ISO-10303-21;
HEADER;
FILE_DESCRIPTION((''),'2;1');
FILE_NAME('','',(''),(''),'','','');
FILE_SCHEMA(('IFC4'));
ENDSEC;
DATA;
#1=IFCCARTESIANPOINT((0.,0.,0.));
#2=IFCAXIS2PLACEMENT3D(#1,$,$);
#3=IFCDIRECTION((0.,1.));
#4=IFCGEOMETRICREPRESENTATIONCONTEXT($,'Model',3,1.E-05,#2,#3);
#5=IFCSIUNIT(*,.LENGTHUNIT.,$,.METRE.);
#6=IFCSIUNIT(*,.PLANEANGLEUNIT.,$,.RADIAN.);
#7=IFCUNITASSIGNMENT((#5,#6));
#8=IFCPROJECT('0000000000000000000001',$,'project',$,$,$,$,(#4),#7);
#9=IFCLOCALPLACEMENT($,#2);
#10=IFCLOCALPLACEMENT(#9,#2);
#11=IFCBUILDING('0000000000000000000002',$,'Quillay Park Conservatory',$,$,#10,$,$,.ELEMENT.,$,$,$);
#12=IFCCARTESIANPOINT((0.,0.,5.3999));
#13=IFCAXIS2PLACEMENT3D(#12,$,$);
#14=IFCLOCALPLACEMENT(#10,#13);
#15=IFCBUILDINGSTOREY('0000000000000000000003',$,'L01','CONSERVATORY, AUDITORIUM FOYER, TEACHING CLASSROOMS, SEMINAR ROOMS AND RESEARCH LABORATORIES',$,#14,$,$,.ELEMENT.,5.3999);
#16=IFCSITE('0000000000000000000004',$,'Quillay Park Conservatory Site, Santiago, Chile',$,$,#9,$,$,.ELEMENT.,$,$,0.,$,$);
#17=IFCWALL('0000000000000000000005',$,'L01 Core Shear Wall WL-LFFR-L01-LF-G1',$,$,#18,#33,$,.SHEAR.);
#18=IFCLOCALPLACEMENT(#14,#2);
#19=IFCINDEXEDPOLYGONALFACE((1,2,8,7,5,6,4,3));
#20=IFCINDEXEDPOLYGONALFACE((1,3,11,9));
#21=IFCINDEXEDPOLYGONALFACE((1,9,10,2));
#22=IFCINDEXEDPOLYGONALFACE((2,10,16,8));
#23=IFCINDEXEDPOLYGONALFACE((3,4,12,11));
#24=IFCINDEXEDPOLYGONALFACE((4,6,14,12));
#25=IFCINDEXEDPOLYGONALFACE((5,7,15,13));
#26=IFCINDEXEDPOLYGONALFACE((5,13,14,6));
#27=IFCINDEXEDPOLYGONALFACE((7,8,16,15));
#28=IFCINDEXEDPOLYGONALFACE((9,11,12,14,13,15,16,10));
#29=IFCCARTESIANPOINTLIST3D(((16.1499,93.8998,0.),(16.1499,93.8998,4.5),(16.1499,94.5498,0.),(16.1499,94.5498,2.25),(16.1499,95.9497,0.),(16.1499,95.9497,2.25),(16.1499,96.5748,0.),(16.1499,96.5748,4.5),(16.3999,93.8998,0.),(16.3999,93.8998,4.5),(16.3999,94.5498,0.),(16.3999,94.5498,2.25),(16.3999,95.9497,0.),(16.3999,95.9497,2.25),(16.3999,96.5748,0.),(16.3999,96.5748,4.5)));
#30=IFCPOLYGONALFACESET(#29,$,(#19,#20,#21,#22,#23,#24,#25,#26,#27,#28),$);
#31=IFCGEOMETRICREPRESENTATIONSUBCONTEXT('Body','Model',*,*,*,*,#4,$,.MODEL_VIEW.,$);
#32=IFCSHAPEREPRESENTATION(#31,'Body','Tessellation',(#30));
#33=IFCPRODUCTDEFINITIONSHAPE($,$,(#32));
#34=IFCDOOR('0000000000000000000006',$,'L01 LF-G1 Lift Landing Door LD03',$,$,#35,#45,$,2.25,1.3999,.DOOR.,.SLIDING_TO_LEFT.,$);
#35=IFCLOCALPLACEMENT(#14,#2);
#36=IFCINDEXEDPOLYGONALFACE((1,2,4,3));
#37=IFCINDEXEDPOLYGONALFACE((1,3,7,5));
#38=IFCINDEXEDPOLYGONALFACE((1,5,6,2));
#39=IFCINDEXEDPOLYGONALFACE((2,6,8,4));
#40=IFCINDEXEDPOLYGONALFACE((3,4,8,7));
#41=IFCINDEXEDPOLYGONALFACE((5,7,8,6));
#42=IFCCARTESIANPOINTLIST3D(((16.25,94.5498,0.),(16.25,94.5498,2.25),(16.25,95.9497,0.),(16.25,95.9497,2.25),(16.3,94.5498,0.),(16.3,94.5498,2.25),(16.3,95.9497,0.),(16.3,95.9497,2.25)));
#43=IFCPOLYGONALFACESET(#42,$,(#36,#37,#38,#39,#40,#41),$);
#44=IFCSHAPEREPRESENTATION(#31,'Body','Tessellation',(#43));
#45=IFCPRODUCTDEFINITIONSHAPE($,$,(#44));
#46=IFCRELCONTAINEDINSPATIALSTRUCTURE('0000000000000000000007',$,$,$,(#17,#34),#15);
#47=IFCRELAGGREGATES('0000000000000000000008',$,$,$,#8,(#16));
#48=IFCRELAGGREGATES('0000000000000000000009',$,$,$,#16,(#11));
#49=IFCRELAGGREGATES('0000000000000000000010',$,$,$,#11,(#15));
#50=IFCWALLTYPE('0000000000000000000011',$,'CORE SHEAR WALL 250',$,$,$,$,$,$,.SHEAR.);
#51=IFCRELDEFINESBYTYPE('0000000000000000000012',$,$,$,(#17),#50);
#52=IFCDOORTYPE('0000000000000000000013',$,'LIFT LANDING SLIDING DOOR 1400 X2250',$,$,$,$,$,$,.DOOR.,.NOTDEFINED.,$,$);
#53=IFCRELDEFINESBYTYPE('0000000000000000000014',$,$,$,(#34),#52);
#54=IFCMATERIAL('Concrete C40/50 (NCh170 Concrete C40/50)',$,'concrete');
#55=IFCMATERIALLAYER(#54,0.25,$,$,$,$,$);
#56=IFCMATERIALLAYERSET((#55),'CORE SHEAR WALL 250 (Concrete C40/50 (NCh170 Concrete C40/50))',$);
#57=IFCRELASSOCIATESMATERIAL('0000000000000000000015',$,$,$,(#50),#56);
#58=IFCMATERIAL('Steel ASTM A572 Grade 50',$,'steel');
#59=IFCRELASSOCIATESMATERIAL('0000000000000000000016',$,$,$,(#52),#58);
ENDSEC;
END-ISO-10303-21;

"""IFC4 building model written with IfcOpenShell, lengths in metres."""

from ifc_helpers import new_model, si_unit, direction, frame, frame_2d, origin, place, context, subcontext, project, spatial, rectangle, extrude, material, layer, layer_set, type_object, element, fill, save


model = new_model("IFC4")

# Units and contexts
model_context = context("Model", 3, precision=1e-05, world=origin(), true_north=direction((0.0, 1.0)))
body_context = subcontext(model_context, "Body", "Model", "MODEL_VIEW")
ifc_project = project(units=[si_unit("LENGTHUNIT", "METRE"), si_unit("PLANEANGLEUNIT", "RADIAN")], contexts=[model_context])

# Site, building, storey
site_placement = place(None, origin())
site = spatial("IfcSite", under=ifc_project, at=site_placement, Name="Quillay Park Conservatory Site, Santiago, Chile", CompositionType="ELEMENT", RefElevation=0.0)
building_placement = place(site_placement, origin())
building = spatial("IfcBuilding", under=site, at=building_placement, Name="Quillay Park Conservatory", CompositionType="ELEMENT")
storey_placement = place(building_placement, frame((0.0, 0.0, 5.3999)))
storey = spatial("IfcBuildingStorey", under=building, at=storey_placement, Name="L01", Description="CONSERVATORY, AUDITORIUM FOYER, TEACHING CLASSROOMS, SEMINAR ROOMS AND RESEARCH LABORATORIES", CompositionType="ELEMENT", Elevation=5.3999)

# Wall, opening, door
ifc_material_1 = material(Name="Concrete C40/50 (NCh170 Concrete C40/50)", Category="concrete")
ifc_layer_1 = layer(ifc_material_1, 0.25)
ifc_layer_set_1 = layer_set([ifc_layer_1], Name="CORE SHEAR WALL 250 (Concrete C40/50 (NCh170 Concrete C40/50))")
wall_type_1 = type_object("IfcWallType", Name="CORE SHEAR WALL 250", PredefinedType="SHEAR", material=ifc_layer_set_1)
wall_1_placement = place(storey_placement, frame((16.2749, 93.8999, 0.0), z_axis=(0.0, 0.0, 1.0), x_axis=(0.0, 1.0, 0.0)))
wall_1 = element("IfcWall", 1, at=wall_1_placement, inside=storey, type_object=wall_type_1, Name="L01 Core Shear Wall WL-LFFR-L01-LF-G1", PredefinedType="SHEAR", context=body_context, shape_type="SweptSolid", body=[
    extrude(rectangle(XDim=2.675, YDim=0.25, at=frame_2d((1.3374, 0.0))), origin(), (0.0, 0.0, 1.0), 4.5),
])
opening_1_placement = place(wall_1_placement, frame((0.6499, 0.0, 0.0)))
opening_1 = element("IfcOpeningElement", 2, at=opening_1_placement, cuts=wall_1, PredefinedType="OPENING", context=body_context, shape_type="SweptSolid", body=[
    extrude(rectangle(XDim=1.3999, YDim=2.25, at=frame_2d((0.7, 1.125))), frame((0.0, 0.125, 0.0), z_axis=(0.0, -1.0, 0.0), x_axis=(1.0, 0.0, 0.0)), (0.0, 0.0, 1.0), 0.25),
])
ifc_material_2 = material(Name="Steel ASTM A572 Grade 50", Category="steel")
door_type_1 = type_object("IfcDoorType", Name="LIFT LANDING SLIDING DOOR 1400 X2250", OperationType="NOTDEFINED", PredefinedType="DOOR", material=ifc_material_2)
door_1_placement = place(opening_1_placement, origin())
door_1 = element("IfcDoor", 3, at=door_1_placement, inside=storey, type_object=door_type_1, Name="L01 LF-G1 Lift Landing Door LD03", OperationType="SLIDING_TO_LEFT", OverallHeight=2.25, OverallWidth=1.3999, PredefinedType="DOOR", context=body_context, shape_type="SweptSolid", body=[
    extrude(rectangle(XDim=1.3999, YDim=2.25, at=frame_2d((0.7, 1.125))), frame((0.0, 0.0249, 0.0), z_axis=(0.0, -1.0, 0.0), x_axis=(1.0, 0.0, 0.0)), (0.0, 0.0, 1.0), 0.05),
])
fill(opening_1, door_1)

save(model, "model.ifc")
